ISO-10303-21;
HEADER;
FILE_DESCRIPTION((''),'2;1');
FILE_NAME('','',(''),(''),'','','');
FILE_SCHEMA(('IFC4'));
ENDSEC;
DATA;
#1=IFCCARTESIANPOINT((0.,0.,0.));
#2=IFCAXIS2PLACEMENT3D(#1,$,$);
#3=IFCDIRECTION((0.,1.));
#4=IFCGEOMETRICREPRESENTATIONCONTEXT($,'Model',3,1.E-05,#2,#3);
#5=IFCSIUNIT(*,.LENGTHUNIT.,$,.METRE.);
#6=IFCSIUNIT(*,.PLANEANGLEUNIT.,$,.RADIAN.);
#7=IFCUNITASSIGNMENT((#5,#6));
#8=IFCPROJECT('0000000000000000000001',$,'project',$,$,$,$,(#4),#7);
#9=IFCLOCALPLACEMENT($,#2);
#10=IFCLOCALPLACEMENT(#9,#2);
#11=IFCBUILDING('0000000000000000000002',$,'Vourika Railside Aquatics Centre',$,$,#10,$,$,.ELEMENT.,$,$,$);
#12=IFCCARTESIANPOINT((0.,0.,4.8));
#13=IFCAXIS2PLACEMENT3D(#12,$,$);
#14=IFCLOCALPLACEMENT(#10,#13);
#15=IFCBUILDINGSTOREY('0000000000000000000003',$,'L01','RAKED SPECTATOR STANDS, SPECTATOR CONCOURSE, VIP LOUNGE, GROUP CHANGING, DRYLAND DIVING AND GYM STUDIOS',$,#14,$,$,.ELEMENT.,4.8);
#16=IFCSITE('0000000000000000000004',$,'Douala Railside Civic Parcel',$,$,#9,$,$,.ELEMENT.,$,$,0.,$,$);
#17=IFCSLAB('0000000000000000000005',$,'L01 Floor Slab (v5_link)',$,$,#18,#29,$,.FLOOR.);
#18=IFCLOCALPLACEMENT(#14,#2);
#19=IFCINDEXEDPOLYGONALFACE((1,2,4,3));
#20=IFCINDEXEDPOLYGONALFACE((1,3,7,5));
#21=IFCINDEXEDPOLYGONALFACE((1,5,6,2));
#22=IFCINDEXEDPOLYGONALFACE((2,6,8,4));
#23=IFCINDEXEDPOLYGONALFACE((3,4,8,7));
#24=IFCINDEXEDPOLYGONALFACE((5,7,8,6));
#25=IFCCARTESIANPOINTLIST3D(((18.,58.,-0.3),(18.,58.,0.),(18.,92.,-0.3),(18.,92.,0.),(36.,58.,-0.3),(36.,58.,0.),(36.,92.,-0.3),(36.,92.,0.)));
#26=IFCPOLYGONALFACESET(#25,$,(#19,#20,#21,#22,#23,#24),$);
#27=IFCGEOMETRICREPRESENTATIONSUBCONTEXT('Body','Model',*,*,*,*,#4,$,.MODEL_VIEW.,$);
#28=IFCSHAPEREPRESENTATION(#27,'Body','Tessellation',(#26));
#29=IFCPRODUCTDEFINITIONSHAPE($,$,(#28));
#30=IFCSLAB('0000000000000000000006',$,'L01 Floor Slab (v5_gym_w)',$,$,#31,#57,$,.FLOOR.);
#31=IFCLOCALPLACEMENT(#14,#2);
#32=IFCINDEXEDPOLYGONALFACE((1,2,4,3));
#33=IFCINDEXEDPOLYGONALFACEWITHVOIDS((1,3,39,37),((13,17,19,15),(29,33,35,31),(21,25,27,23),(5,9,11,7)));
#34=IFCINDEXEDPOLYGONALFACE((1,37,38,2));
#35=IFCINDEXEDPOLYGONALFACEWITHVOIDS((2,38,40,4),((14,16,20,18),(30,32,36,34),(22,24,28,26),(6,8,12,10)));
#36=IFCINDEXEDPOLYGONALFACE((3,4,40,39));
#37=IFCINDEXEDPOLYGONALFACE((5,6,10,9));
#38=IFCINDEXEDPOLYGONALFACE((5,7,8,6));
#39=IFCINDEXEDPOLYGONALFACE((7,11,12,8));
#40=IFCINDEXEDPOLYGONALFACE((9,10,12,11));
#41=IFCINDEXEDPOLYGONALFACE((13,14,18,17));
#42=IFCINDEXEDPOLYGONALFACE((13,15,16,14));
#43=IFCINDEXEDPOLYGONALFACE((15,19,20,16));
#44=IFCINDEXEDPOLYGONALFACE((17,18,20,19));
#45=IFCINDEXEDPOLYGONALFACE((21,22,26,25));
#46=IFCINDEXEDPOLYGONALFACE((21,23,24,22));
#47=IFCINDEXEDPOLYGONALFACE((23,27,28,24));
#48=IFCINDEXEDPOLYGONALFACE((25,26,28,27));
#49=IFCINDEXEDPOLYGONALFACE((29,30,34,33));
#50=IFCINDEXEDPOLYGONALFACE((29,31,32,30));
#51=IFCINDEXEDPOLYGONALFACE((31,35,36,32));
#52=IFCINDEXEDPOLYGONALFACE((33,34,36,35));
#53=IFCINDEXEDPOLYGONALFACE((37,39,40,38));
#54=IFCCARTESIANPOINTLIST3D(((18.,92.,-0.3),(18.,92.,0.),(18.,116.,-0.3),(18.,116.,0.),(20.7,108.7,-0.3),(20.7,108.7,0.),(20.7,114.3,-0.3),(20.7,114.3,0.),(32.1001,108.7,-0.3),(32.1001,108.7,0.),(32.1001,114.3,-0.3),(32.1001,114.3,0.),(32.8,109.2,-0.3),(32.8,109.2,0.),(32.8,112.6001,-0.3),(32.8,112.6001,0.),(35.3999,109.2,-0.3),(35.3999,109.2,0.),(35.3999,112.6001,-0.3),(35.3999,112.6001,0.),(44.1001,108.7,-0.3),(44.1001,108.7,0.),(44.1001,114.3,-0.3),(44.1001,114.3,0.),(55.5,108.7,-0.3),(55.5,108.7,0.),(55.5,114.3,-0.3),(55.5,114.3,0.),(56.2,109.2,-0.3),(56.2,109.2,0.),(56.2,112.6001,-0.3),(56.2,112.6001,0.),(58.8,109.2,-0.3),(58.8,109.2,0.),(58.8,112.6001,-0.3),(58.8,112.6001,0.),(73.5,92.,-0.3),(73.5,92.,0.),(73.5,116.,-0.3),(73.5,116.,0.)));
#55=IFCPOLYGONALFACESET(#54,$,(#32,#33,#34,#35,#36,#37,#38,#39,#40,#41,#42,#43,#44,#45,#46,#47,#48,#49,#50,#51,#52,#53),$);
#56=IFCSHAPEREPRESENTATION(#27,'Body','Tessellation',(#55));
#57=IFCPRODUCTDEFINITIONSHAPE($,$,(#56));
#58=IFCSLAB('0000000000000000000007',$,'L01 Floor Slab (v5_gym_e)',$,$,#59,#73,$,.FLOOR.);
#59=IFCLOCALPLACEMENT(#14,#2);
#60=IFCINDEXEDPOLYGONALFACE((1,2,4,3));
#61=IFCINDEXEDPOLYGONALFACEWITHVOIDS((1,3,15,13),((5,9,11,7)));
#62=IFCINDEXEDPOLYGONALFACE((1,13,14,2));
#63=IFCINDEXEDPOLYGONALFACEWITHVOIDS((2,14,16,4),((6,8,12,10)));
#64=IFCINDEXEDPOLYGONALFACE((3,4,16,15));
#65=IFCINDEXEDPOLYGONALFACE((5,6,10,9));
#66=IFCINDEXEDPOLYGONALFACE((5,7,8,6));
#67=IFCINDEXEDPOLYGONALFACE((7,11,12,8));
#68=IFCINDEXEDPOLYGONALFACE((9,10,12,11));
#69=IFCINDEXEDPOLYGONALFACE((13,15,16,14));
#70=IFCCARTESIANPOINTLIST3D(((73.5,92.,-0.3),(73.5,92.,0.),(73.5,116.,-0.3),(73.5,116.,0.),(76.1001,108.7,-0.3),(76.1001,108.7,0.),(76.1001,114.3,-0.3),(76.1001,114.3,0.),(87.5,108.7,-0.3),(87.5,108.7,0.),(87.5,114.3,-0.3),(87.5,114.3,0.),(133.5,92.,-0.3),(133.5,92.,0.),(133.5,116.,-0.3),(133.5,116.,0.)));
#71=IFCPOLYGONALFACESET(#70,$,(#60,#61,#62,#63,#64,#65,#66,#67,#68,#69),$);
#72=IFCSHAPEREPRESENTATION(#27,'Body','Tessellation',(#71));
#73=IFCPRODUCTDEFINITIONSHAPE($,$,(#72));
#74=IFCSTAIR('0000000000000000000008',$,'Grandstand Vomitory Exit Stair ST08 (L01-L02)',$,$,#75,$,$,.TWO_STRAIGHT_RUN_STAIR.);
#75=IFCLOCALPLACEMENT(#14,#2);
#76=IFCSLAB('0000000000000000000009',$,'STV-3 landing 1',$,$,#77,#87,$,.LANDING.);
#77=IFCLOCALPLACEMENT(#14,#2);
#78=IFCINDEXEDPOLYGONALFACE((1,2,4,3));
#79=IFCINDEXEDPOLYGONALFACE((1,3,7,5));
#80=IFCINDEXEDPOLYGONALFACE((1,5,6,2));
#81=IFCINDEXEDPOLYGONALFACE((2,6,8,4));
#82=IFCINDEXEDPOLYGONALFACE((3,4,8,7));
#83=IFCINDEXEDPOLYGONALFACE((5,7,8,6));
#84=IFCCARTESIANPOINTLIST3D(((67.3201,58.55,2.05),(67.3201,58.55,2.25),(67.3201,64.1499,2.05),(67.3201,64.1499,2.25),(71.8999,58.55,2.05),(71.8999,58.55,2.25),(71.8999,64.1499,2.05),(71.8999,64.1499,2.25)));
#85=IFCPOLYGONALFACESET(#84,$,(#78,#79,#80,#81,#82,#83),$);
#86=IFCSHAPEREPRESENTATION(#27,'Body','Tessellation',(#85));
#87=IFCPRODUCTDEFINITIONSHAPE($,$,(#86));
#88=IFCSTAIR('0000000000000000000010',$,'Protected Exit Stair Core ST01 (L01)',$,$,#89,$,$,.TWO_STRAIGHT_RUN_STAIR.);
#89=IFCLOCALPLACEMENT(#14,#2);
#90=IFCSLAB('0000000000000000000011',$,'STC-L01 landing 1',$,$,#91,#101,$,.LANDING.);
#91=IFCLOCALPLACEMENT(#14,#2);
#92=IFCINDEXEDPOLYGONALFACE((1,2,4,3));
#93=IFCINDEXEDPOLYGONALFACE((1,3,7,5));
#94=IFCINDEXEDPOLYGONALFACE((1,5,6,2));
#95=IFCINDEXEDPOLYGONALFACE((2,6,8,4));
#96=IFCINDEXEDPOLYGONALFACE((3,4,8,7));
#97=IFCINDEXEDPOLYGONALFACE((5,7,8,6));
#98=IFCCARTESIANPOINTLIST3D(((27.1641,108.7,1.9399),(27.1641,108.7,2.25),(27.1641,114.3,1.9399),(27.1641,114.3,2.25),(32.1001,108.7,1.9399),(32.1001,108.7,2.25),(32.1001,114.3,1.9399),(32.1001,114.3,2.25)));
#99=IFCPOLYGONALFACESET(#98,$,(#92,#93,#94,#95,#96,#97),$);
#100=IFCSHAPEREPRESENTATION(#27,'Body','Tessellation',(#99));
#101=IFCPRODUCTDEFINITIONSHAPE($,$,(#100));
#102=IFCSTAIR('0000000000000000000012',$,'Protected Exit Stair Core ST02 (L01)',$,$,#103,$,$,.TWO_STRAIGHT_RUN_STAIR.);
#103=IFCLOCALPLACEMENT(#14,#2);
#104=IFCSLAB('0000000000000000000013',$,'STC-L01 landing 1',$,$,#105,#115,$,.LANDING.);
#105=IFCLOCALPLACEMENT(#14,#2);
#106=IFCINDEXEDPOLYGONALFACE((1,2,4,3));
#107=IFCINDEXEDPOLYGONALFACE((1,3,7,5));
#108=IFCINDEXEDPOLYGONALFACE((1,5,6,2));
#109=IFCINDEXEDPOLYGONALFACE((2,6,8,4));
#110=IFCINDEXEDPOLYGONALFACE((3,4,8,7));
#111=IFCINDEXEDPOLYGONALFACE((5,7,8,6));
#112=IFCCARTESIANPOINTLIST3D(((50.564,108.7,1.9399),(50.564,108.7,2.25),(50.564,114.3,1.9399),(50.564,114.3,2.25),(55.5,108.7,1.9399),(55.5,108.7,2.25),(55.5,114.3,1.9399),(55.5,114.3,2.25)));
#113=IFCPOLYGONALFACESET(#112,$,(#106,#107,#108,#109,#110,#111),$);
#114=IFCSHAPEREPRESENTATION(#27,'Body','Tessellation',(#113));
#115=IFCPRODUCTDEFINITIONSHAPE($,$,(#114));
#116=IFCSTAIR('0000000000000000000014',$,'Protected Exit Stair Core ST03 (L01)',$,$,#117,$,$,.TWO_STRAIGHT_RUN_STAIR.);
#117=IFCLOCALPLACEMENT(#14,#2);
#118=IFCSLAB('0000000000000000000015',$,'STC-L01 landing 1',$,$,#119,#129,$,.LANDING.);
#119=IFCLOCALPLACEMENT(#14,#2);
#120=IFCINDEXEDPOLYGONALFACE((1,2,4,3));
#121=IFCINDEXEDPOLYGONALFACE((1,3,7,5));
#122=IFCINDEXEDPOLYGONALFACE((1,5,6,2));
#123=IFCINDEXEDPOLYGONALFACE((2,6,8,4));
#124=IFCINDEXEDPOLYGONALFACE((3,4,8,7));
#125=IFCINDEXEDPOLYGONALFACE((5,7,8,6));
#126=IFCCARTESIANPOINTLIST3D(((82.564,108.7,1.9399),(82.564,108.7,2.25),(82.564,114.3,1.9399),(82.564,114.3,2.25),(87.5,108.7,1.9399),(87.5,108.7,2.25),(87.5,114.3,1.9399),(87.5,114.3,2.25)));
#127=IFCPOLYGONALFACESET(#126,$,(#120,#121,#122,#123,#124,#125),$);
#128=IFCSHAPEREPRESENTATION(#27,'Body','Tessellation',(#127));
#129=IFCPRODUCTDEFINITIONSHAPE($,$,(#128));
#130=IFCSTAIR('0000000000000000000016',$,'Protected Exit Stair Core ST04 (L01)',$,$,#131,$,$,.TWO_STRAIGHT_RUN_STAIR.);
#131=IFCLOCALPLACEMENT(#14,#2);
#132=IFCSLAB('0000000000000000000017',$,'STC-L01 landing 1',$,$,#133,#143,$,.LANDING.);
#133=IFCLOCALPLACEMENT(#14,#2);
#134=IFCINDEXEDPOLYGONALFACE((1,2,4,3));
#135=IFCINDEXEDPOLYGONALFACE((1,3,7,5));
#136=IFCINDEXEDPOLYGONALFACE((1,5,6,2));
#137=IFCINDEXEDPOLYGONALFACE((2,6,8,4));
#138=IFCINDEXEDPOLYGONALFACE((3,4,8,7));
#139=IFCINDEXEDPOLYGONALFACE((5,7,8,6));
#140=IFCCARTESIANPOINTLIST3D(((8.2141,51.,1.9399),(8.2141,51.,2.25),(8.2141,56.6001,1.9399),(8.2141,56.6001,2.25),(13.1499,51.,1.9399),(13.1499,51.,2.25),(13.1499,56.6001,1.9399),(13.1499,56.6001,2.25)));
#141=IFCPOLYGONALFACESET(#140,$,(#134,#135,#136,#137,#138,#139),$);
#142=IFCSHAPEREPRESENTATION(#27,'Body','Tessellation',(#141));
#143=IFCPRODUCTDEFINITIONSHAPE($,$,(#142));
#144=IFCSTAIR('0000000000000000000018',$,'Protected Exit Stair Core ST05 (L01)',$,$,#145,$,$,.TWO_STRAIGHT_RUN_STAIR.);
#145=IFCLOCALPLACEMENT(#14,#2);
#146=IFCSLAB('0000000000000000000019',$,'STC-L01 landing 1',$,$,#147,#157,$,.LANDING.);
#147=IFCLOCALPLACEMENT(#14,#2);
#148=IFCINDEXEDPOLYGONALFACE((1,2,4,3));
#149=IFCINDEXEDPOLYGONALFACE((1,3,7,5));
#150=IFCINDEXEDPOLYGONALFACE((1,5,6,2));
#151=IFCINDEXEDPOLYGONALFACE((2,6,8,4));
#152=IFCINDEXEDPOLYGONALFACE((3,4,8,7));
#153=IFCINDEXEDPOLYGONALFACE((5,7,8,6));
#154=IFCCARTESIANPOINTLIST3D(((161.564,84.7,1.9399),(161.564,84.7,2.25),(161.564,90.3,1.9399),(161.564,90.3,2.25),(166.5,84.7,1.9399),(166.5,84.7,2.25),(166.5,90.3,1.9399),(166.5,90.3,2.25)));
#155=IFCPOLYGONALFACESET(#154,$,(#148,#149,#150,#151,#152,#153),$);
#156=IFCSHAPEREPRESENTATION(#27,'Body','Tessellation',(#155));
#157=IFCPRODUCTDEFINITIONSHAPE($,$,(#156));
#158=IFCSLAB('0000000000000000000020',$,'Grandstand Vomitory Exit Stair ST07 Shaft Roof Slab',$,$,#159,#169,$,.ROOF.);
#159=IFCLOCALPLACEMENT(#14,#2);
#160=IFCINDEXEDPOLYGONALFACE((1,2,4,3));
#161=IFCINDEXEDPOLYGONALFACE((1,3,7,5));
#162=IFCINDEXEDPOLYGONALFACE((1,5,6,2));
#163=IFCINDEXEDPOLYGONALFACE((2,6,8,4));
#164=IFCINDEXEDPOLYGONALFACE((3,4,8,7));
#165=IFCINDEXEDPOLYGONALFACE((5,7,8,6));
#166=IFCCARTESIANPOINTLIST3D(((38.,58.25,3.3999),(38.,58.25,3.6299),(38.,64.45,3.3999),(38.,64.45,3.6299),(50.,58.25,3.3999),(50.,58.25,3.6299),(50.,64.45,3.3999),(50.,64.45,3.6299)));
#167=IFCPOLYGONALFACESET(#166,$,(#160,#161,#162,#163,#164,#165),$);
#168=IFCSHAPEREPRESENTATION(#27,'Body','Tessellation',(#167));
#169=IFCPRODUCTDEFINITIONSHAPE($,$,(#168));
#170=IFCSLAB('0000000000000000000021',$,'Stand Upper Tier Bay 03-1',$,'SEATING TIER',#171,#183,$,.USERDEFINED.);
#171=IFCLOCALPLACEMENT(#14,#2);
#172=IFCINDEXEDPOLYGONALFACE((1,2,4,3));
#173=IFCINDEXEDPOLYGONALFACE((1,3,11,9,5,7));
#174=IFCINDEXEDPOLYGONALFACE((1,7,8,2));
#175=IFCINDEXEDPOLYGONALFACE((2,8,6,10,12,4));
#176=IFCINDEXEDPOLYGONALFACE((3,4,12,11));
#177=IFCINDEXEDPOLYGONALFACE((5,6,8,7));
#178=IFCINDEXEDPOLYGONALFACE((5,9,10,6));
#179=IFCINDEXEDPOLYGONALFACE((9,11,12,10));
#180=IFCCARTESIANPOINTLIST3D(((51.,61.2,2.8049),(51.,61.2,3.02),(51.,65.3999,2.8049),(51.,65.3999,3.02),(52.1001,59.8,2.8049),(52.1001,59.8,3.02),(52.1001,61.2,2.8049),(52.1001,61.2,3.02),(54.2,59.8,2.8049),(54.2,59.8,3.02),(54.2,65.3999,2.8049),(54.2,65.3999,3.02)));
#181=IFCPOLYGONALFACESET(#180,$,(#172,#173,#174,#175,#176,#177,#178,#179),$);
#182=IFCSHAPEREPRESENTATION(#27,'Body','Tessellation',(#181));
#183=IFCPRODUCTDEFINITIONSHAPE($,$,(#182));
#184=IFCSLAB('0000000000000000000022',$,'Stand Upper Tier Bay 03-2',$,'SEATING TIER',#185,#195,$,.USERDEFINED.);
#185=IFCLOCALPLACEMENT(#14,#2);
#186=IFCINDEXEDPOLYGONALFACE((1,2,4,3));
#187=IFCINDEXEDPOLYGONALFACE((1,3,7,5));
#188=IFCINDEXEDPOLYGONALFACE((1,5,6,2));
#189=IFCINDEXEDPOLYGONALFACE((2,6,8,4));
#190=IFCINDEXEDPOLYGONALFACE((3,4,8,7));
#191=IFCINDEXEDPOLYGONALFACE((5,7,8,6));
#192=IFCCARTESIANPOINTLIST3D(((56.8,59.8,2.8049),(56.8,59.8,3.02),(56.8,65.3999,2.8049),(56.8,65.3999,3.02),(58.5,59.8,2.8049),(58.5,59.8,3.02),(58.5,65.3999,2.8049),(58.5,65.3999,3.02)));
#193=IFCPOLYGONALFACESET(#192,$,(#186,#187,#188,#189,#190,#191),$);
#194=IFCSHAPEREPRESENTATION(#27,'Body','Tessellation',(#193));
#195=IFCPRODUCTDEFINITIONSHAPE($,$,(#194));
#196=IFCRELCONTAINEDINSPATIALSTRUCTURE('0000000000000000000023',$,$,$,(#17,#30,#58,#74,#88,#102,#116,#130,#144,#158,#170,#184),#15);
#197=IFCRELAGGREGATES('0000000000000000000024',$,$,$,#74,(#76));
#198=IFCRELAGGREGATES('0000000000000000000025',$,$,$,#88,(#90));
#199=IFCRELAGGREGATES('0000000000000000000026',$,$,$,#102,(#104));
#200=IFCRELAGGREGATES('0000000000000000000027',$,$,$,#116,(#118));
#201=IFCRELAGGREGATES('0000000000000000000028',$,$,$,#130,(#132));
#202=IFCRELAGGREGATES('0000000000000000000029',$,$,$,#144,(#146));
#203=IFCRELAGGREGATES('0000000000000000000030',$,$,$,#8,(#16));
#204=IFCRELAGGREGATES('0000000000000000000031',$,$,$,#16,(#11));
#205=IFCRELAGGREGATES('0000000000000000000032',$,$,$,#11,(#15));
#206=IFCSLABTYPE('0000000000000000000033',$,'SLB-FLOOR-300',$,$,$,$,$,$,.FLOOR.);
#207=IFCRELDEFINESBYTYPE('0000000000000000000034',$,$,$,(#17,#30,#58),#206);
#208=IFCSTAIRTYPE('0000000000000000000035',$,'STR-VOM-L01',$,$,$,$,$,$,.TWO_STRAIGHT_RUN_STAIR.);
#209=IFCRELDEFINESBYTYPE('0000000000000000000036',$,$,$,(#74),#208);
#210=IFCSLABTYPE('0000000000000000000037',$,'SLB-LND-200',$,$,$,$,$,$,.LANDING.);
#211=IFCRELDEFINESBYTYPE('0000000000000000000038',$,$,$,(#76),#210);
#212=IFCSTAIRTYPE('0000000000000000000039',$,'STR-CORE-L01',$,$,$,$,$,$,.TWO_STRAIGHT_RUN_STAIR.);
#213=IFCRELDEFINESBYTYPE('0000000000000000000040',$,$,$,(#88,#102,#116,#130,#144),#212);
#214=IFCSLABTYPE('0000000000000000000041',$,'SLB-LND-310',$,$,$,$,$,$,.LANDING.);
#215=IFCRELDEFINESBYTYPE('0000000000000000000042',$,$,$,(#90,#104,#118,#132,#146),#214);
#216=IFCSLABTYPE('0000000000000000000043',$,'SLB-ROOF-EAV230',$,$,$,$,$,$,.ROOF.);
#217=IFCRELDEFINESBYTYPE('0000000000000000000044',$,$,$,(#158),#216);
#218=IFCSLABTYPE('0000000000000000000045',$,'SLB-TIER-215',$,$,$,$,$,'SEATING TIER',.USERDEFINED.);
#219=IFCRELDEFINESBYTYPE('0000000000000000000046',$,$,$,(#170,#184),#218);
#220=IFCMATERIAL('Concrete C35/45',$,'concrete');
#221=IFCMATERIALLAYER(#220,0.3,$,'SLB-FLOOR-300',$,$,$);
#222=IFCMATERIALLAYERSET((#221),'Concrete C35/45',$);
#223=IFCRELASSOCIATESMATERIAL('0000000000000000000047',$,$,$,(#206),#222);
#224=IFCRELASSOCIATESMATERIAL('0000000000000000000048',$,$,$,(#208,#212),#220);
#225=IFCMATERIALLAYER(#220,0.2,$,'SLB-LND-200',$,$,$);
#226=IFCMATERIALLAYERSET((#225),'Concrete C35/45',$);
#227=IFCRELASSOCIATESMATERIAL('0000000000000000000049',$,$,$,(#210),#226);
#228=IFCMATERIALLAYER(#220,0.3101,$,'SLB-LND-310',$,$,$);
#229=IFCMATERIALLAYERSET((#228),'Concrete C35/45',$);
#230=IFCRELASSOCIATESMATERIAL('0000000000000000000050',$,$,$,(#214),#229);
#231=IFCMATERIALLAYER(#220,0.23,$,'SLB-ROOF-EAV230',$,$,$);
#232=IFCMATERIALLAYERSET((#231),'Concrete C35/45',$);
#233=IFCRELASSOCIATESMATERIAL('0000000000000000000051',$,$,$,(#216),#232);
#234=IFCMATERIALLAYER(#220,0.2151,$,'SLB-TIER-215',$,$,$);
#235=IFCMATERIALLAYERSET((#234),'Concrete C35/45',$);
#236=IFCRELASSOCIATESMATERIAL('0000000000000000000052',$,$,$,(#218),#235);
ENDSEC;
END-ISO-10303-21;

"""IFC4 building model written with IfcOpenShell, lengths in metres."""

from ifc_helpers import new_model, si_unit, direction, frame, origin, place, context, subcontext, project, spatial, polyline, outline, extrude, material, layer, layer_set, type_object, element, aggregate, save


model = new_model("IFC4")

# Units and contexts
model_context = context("Model", 3, precision=1e-05, world=origin(), true_north=direction((0.0, 1.0)))
body_context = subcontext(model_context, "Body", "Model", "MODEL_VIEW")
ifc_project = project(units=[si_unit("LENGTHUNIT", "METRE"), si_unit("PLANEANGLEUNIT", "RADIAN")], contexts=[model_context])

# Site, building, storey
site_placement = place(None, origin())
site = spatial("IfcSite", under=ifc_project, at=site_placement, Name="Douala Railside Civic Parcel", CompositionType="ELEMENT", RefElevation=0.0)
building_placement = place(site_placement, origin())
building = spatial("IfcBuilding", under=site, at=building_placement, Name="Vourika Railside Aquatics Centre", CompositionType="ELEMENT")
storey_placement = place(building_placement, frame((0.0, 0.0, 4.8)))
storey = spatial("IfcBuildingStorey", under=building, at=storey_placement, Name="L01", Description="RAKED SPECTATOR STANDS, SPECTATOR CONCOURSE, VIP LOUNGE, GROUP CHANGING, DRYLAND DIVING AND GYM STUDIOS", CompositionType="ELEMENT", Elevation=4.8)

# Slabs
ifc_material_1 = material(Name="Concrete C35/45", Category="concrete")
ifc_layer_1 = layer(ifc_material_1, 0.3, Name="SLB-FLOOR-300")
ifc_layer_set_1 = layer_set([ifc_layer_1], Name="Concrete C35/45")
slab_type_1 = type_object("IfcSlabType", Name="SLB-FLOOR-300", PredefinedType="FLOOR", material=ifc_layer_set_1)
slab_1_placement = place(storey_placement, frame((0.0, 0.0, -0.3)))
element("IfcSlab", 1, at=slab_1_placement, inside=storey, type_object=slab_type_1, Name="L01 Floor Slab (v5_link)", PredefinedType="FLOOR", context=body_context, shape_type="SweptSolid", body=[
    extrude(outline(polyline([(18.0, 58.0), (18.0, 92.0), (36.0, 92.0), (36.0, 58.0), (18.0, 58.0)])), origin(), (0.0, 0.0, 1.0), 0.3),
])
slab_2_placement = place(storey_placement, frame((0.0, 0.0, -0.3)))
element("IfcSlab", 2, at=slab_2_placement, inside=storey, type_object=slab_type_1, Name="L01 Floor Slab (v5_gym_w)", PredefinedType="FLOOR", context=body_context, shape_type="SweptSolid", body=[
    extrude(outline(polyline([(18.0, 92.0), (18.0, 116.0), (73.5, 116.0), (73.5, 92.0), (18.0, 92.0)]), holes=[polyline([(35.3999, 112.6001), (32.8, 112.6001), (32.8, 109.2), (35.3999, 109.2), (35.3999, 112.6001)]), polyline([(58.8, 112.6001), (56.2, 112.6001), (56.2, 109.2), (58.8, 109.2), (58.8, 112.6001)]), polyline([(32.1001, 114.3), (20.7, 114.3), (20.7, 108.7), (32.1001, 108.7), (32.1001, 114.3)]), polyline([(55.5, 114.3), (44.1001, 114.3), (44.1001, 108.7), (55.5, 108.7), (55.5, 114.3)])]), origin(), (0.0, 0.0, 1.0), 0.3),
])
slab_3_placement = place(storey_placement, frame((0.0, 0.0, -0.3)))
element("IfcSlab", 3, at=slab_3_placement, inside=storey, type_object=slab_type_1, Name="L01 Floor Slab (v5_gym_e)", PredefinedType="FLOOR", context=body_context, shape_type="SweptSolid", body=[
    extrude(outline(polyline([(73.5, 92.0), (73.5, 116.0), (133.5, 116.0), (133.5, 92.0), (73.5, 92.0)]), holes=[polyline([(87.5, 108.7), (87.5, 114.3), (76.1001, 114.3), (76.1001, 108.7), (87.5, 108.7)])]), origin(), (0.0, 0.0, 1.0), 0.3),
])

# Stairs, slabs
stair_type_1 = type_object("IfcStairType", Name="STR-VOM-L01", PredefinedType="TWO_STRAIGHT_RUN_STAIR", material=ifc_material_1)
stair_1_placement = place(storey_placement, origin())
stair_1 = element("IfcStair", 4, at=stair_1_placement, inside=storey, type_object=stair_type_1, Name="Grandstand Vomitory Exit Stair ST08 (L01-L02)", PredefinedType="TWO_STRAIGHT_RUN_STAIR")
ifc_layer_2 = layer(ifc_material_1, 0.2, Name="SLB-LND-200")
ifc_layer_set_2 = layer_set([ifc_layer_2], Name="Concrete C35/45")
slab_type_2 = type_object("IfcSlabType", Name="SLB-LND-200", PredefinedType="LANDING", material=ifc_layer_set_2)
slab_4_placement = place(storey_placement, frame((0.0, 0.0, 2.05)))
slab_4 = element("IfcSlab", 5, at=slab_4_placement, type_object=slab_type_2, Name="STV-3 landing 1", PredefinedType="LANDING", context=body_context, shape_type="SweptSolid", body=[
    extrude(outline(polyline([(67.3201, 58.55), (71.8999, 58.55), (71.8999, 64.1499), (67.3201, 64.1499), (67.3201, 58.55)])), origin(), (0.0, 0.0, 1.0), 0.2),
])
aggregate(stair_1, [slab_4])
stair_type_2 = type_object("IfcStairType", Name="STR-CORE-L01", PredefinedType="TWO_STRAIGHT_RUN_STAIR", material=ifc_material_1)
stair_2_placement = place(storey_placement, origin())
stair_2 = element("IfcStair", 6, at=stair_2_placement, inside=storey, type_object=stair_type_2, Name="Protected Exit Stair Core ST01 (L01)", PredefinedType="TWO_STRAIGHT_RUN_STAIR")
ifc_layer_3 = layer(ifc_material_1, 0.3101, Name="SLB-LND-310")
ifc_layer_set_3 = layer_set([ifc_layer_3], Name="Concrete C35/45")
slab_type_3 = type_object("IfcSlabType", Name="SLB-LND-310", PredefinedType="LANDING", material=ifc_layer_set_3)
slab_5_placement = place(storey_placement, frame((0.0, 0.0, 1.9399)))
slab_5 = element("IfcSlab", 7, at=slab_5_placement, type_object=slab_type_3, Name="STC-L01 landing 1", PredefinedType="LANDING", context=body_context, shape_type="SweptSolid", body=[
    extrude(outline(polyline([(27.1641, 108.7), (32.1001, 108.7), (32.1001, 114.3), (27.1641, 114.3), (27.1641, 108.7)])), origin(), (0.0, 0.0, 1.0), 0.3101),
])
aggregate(stair_2, [slab_5])
stair_3_placement = place(storey_placement, origin())
stair_3 = element("IfcStair", 8, at=stair_3_placement, inside=storey, type_object=stair_type_2, Name="Protected Exit Stair Core ST02 (L01)", PredefinedType="TWO_STRAIGHT_RUN_STAIR")
slab_6_placement = place(storey_placement, frame((0.0, 0.0, 1.9399)))
slab_6 = element("IfcSlab", 9, at=slab_6_placement, type_object=slab_type_3, Name="STC-L01 landing 1", PredefinedType="LANDING", context=body_context, shape_type="SweptSolid", body=[
    extrude(outline(polyline([(50.564, 108.7), (55.5, 108.7), (55.5, 114.3), (50.564, 114.3), (50.564, 108.7)])), origin(), (0.0, 0.0, 1.0), 0.3101),
])
aggregate(stair_3, [slab_6])
stair_4_placement = place(storey_placement, origin())
stair_4 = element("IfcStair", 10, at=stair_4_placement, inside=storey, type_object=stair_type_2, Name="Protected Exit Stair Core ST03 (L01)", PredefinedType="TWO_STRAIGHT_RUN_STAIR")
slab_7_placement = place(storey_placement, frame((0.0, 0.0, 1.9399)))
slab_7 = element("IfcSlab", 11, at=slab_7_placement, type_object=slab_type_3, Name="STC-L01 landing 1", PredefinedType="LANDING", context=body_context, shape_type="SweptSolid", body=[
    extrude(outline(polyline([(82.564, 108.7), (87.5, 108.7), (87.5, 114.3), (82.564, 114.3), (82.564, 108.7)])), origin(), (0.0, 0.0, 1.0), 0.3101),
])
aggregate(stair_4, [slab_7])
stair_5_placement = place(storey_placement, origin())
stair_5 = element("IfcStair", 12, at=stair_5_placement, inside=storey, type_object=stair_type_2, Name="Protected Exit Stair Core ST04 (L01)", PredefinedType="TWO_STRAIGHT_RUN_STAIR")
slab_8_placement = place(storey_placement, frame((0.0, 0.0, 1.9399)))
slab_8 = element("IfcSlab", 13, at=slab_8_placement, type_object=slab_type_3, Name="STC-L01 landing 1", PredefinedType="LANDING", context=body_context, shape_type="SweptSolid", body=[
    extrude(outline(polyline([(8.2141, 51.0), (13.1499, 51.0), (13.1499, 56.6001), (8.2141, 56.6001), (8.2141, 51.0)])), origin(), (0.0, 0.0, 1.0), 0.3101),
])
aggregate(stair_5, [slab_8])
stair_6_placement = place(storey_placement, origin())
stair_6 = element("IfcStair", 14, at=stair_6_placement, inside=storey, type_object=stair_type_2, Name="Protected Exit Stair Core ST05 (L01)", PredefinedType="TWO_STRAIGHT_RUN_STAIR")
slab_9_placement = place(storey_placement, frame((0.0, 0.0, 1.9399)))
slab_9 = element("IfcSlab", 15, at=slab_9_placement, type_object=slab_type_3, Name="STC-L01 landing 1", PredefinedType="LANDING", context=body_context, shape_type="SweptSolid", body=[
    extrude(outline(polyline([(161.564, 84.7), (166.5, 84.7), (166.5, 90.3), (161.564, 90.3), (161.564, 84.7)])), origin(), (0.0, 0.0, 1.0), 0.3101),
])
aggregate(stair_6, [slab_9])

# Slabs
ifc_layer_4 = layer(ifc_material_1, 0.23, Name="SLB-ROOF-EAV230")
ifc_layer_set_4 = layer_set([ifc_layer_4], Name="Concrete C35/45")
slab_type_4 = type_object("IfcSlabType", Name="SLB-ROOF-EAV230", PredefinedType="ROOF", material=ifc_layer_set_4)
slab_10_placement = place(storey_placement, frame((0.0, 0.0, 3.3999)))
element("IfcSlab", 16, at=slab_10_placement, inside=storey, type_object=slab_type_4, Name="Grandstand Vomitory Exit Stair ST07 Shaft Roof Slab", PredefinedType="ROOF", context=body_context, shape_type="SweptSolid", body=[
    extrude(outline(polyline([(38.0, 58.25), (50.0, 58.25), (50.0, 64.45), (38.0, 64.45), (38.0, 58.25)])), origin(), (0.0, 0.0, 1.0), 0.23),
])
ifc_layer_5 = layer(ifc_material_1, 0.2151, Name="SLB-TIER-215")
ifc_layer_set_5 = layer_set([ifc_layer_5], Name="Concrete C35/45")
slab_type_5 = type_object("IfcSlabType", Name="SLB-TIER-215", ElementType="SEATING TIER", PredefinedType="USERDEFINED", material=ifc_layer_set_5)
slab_11_placement = place(storey_placement, frame((0.0, 0.0, 2.8049)))
element("IfcSlab", 17, at=slab_11_placement, inside=storey, type_object=slab_type_5, Name="Stand Upper Tier Bay 03-1", ObjectType="SEATING TIER", PredefinedType="USERDEFINED", context=body_context, shape_type="SweptSolid", body=[
    extrude(outline(polyline([(54.2, 59.8), (52.1001, 59.8), (52.1001, 61.2), (51.0, 61.2), (51.0, 65.3999), (54.2, 65.3999), (54.2, 59.8)])), origin(), (0.0, 0.0, 1.0), 0.2151),
])
slab_12_placement = place(storey_placement, frame((0.0, 0.0, 2.8049)))
element("IfcSlab", 18, at=slab_12_placement, inside=storey, type_object=slab_type_5, Name="Stand Upper Tier Bay 03-2", ObjectType="SEATING TIER", PredefinedType="USERDEFINED", context=body_context, shape_type="SweptSolid", body=[
    extrude(outline(polyline([(58.5, 59.8), (56.8, 59.8), (56.8, 65.3999), (58.5, 65.3999), (58.5, 59.8)])), origin(), (0.0, 0.0, 1.0), 0.2151),
])

save(model, "model.ifc")
